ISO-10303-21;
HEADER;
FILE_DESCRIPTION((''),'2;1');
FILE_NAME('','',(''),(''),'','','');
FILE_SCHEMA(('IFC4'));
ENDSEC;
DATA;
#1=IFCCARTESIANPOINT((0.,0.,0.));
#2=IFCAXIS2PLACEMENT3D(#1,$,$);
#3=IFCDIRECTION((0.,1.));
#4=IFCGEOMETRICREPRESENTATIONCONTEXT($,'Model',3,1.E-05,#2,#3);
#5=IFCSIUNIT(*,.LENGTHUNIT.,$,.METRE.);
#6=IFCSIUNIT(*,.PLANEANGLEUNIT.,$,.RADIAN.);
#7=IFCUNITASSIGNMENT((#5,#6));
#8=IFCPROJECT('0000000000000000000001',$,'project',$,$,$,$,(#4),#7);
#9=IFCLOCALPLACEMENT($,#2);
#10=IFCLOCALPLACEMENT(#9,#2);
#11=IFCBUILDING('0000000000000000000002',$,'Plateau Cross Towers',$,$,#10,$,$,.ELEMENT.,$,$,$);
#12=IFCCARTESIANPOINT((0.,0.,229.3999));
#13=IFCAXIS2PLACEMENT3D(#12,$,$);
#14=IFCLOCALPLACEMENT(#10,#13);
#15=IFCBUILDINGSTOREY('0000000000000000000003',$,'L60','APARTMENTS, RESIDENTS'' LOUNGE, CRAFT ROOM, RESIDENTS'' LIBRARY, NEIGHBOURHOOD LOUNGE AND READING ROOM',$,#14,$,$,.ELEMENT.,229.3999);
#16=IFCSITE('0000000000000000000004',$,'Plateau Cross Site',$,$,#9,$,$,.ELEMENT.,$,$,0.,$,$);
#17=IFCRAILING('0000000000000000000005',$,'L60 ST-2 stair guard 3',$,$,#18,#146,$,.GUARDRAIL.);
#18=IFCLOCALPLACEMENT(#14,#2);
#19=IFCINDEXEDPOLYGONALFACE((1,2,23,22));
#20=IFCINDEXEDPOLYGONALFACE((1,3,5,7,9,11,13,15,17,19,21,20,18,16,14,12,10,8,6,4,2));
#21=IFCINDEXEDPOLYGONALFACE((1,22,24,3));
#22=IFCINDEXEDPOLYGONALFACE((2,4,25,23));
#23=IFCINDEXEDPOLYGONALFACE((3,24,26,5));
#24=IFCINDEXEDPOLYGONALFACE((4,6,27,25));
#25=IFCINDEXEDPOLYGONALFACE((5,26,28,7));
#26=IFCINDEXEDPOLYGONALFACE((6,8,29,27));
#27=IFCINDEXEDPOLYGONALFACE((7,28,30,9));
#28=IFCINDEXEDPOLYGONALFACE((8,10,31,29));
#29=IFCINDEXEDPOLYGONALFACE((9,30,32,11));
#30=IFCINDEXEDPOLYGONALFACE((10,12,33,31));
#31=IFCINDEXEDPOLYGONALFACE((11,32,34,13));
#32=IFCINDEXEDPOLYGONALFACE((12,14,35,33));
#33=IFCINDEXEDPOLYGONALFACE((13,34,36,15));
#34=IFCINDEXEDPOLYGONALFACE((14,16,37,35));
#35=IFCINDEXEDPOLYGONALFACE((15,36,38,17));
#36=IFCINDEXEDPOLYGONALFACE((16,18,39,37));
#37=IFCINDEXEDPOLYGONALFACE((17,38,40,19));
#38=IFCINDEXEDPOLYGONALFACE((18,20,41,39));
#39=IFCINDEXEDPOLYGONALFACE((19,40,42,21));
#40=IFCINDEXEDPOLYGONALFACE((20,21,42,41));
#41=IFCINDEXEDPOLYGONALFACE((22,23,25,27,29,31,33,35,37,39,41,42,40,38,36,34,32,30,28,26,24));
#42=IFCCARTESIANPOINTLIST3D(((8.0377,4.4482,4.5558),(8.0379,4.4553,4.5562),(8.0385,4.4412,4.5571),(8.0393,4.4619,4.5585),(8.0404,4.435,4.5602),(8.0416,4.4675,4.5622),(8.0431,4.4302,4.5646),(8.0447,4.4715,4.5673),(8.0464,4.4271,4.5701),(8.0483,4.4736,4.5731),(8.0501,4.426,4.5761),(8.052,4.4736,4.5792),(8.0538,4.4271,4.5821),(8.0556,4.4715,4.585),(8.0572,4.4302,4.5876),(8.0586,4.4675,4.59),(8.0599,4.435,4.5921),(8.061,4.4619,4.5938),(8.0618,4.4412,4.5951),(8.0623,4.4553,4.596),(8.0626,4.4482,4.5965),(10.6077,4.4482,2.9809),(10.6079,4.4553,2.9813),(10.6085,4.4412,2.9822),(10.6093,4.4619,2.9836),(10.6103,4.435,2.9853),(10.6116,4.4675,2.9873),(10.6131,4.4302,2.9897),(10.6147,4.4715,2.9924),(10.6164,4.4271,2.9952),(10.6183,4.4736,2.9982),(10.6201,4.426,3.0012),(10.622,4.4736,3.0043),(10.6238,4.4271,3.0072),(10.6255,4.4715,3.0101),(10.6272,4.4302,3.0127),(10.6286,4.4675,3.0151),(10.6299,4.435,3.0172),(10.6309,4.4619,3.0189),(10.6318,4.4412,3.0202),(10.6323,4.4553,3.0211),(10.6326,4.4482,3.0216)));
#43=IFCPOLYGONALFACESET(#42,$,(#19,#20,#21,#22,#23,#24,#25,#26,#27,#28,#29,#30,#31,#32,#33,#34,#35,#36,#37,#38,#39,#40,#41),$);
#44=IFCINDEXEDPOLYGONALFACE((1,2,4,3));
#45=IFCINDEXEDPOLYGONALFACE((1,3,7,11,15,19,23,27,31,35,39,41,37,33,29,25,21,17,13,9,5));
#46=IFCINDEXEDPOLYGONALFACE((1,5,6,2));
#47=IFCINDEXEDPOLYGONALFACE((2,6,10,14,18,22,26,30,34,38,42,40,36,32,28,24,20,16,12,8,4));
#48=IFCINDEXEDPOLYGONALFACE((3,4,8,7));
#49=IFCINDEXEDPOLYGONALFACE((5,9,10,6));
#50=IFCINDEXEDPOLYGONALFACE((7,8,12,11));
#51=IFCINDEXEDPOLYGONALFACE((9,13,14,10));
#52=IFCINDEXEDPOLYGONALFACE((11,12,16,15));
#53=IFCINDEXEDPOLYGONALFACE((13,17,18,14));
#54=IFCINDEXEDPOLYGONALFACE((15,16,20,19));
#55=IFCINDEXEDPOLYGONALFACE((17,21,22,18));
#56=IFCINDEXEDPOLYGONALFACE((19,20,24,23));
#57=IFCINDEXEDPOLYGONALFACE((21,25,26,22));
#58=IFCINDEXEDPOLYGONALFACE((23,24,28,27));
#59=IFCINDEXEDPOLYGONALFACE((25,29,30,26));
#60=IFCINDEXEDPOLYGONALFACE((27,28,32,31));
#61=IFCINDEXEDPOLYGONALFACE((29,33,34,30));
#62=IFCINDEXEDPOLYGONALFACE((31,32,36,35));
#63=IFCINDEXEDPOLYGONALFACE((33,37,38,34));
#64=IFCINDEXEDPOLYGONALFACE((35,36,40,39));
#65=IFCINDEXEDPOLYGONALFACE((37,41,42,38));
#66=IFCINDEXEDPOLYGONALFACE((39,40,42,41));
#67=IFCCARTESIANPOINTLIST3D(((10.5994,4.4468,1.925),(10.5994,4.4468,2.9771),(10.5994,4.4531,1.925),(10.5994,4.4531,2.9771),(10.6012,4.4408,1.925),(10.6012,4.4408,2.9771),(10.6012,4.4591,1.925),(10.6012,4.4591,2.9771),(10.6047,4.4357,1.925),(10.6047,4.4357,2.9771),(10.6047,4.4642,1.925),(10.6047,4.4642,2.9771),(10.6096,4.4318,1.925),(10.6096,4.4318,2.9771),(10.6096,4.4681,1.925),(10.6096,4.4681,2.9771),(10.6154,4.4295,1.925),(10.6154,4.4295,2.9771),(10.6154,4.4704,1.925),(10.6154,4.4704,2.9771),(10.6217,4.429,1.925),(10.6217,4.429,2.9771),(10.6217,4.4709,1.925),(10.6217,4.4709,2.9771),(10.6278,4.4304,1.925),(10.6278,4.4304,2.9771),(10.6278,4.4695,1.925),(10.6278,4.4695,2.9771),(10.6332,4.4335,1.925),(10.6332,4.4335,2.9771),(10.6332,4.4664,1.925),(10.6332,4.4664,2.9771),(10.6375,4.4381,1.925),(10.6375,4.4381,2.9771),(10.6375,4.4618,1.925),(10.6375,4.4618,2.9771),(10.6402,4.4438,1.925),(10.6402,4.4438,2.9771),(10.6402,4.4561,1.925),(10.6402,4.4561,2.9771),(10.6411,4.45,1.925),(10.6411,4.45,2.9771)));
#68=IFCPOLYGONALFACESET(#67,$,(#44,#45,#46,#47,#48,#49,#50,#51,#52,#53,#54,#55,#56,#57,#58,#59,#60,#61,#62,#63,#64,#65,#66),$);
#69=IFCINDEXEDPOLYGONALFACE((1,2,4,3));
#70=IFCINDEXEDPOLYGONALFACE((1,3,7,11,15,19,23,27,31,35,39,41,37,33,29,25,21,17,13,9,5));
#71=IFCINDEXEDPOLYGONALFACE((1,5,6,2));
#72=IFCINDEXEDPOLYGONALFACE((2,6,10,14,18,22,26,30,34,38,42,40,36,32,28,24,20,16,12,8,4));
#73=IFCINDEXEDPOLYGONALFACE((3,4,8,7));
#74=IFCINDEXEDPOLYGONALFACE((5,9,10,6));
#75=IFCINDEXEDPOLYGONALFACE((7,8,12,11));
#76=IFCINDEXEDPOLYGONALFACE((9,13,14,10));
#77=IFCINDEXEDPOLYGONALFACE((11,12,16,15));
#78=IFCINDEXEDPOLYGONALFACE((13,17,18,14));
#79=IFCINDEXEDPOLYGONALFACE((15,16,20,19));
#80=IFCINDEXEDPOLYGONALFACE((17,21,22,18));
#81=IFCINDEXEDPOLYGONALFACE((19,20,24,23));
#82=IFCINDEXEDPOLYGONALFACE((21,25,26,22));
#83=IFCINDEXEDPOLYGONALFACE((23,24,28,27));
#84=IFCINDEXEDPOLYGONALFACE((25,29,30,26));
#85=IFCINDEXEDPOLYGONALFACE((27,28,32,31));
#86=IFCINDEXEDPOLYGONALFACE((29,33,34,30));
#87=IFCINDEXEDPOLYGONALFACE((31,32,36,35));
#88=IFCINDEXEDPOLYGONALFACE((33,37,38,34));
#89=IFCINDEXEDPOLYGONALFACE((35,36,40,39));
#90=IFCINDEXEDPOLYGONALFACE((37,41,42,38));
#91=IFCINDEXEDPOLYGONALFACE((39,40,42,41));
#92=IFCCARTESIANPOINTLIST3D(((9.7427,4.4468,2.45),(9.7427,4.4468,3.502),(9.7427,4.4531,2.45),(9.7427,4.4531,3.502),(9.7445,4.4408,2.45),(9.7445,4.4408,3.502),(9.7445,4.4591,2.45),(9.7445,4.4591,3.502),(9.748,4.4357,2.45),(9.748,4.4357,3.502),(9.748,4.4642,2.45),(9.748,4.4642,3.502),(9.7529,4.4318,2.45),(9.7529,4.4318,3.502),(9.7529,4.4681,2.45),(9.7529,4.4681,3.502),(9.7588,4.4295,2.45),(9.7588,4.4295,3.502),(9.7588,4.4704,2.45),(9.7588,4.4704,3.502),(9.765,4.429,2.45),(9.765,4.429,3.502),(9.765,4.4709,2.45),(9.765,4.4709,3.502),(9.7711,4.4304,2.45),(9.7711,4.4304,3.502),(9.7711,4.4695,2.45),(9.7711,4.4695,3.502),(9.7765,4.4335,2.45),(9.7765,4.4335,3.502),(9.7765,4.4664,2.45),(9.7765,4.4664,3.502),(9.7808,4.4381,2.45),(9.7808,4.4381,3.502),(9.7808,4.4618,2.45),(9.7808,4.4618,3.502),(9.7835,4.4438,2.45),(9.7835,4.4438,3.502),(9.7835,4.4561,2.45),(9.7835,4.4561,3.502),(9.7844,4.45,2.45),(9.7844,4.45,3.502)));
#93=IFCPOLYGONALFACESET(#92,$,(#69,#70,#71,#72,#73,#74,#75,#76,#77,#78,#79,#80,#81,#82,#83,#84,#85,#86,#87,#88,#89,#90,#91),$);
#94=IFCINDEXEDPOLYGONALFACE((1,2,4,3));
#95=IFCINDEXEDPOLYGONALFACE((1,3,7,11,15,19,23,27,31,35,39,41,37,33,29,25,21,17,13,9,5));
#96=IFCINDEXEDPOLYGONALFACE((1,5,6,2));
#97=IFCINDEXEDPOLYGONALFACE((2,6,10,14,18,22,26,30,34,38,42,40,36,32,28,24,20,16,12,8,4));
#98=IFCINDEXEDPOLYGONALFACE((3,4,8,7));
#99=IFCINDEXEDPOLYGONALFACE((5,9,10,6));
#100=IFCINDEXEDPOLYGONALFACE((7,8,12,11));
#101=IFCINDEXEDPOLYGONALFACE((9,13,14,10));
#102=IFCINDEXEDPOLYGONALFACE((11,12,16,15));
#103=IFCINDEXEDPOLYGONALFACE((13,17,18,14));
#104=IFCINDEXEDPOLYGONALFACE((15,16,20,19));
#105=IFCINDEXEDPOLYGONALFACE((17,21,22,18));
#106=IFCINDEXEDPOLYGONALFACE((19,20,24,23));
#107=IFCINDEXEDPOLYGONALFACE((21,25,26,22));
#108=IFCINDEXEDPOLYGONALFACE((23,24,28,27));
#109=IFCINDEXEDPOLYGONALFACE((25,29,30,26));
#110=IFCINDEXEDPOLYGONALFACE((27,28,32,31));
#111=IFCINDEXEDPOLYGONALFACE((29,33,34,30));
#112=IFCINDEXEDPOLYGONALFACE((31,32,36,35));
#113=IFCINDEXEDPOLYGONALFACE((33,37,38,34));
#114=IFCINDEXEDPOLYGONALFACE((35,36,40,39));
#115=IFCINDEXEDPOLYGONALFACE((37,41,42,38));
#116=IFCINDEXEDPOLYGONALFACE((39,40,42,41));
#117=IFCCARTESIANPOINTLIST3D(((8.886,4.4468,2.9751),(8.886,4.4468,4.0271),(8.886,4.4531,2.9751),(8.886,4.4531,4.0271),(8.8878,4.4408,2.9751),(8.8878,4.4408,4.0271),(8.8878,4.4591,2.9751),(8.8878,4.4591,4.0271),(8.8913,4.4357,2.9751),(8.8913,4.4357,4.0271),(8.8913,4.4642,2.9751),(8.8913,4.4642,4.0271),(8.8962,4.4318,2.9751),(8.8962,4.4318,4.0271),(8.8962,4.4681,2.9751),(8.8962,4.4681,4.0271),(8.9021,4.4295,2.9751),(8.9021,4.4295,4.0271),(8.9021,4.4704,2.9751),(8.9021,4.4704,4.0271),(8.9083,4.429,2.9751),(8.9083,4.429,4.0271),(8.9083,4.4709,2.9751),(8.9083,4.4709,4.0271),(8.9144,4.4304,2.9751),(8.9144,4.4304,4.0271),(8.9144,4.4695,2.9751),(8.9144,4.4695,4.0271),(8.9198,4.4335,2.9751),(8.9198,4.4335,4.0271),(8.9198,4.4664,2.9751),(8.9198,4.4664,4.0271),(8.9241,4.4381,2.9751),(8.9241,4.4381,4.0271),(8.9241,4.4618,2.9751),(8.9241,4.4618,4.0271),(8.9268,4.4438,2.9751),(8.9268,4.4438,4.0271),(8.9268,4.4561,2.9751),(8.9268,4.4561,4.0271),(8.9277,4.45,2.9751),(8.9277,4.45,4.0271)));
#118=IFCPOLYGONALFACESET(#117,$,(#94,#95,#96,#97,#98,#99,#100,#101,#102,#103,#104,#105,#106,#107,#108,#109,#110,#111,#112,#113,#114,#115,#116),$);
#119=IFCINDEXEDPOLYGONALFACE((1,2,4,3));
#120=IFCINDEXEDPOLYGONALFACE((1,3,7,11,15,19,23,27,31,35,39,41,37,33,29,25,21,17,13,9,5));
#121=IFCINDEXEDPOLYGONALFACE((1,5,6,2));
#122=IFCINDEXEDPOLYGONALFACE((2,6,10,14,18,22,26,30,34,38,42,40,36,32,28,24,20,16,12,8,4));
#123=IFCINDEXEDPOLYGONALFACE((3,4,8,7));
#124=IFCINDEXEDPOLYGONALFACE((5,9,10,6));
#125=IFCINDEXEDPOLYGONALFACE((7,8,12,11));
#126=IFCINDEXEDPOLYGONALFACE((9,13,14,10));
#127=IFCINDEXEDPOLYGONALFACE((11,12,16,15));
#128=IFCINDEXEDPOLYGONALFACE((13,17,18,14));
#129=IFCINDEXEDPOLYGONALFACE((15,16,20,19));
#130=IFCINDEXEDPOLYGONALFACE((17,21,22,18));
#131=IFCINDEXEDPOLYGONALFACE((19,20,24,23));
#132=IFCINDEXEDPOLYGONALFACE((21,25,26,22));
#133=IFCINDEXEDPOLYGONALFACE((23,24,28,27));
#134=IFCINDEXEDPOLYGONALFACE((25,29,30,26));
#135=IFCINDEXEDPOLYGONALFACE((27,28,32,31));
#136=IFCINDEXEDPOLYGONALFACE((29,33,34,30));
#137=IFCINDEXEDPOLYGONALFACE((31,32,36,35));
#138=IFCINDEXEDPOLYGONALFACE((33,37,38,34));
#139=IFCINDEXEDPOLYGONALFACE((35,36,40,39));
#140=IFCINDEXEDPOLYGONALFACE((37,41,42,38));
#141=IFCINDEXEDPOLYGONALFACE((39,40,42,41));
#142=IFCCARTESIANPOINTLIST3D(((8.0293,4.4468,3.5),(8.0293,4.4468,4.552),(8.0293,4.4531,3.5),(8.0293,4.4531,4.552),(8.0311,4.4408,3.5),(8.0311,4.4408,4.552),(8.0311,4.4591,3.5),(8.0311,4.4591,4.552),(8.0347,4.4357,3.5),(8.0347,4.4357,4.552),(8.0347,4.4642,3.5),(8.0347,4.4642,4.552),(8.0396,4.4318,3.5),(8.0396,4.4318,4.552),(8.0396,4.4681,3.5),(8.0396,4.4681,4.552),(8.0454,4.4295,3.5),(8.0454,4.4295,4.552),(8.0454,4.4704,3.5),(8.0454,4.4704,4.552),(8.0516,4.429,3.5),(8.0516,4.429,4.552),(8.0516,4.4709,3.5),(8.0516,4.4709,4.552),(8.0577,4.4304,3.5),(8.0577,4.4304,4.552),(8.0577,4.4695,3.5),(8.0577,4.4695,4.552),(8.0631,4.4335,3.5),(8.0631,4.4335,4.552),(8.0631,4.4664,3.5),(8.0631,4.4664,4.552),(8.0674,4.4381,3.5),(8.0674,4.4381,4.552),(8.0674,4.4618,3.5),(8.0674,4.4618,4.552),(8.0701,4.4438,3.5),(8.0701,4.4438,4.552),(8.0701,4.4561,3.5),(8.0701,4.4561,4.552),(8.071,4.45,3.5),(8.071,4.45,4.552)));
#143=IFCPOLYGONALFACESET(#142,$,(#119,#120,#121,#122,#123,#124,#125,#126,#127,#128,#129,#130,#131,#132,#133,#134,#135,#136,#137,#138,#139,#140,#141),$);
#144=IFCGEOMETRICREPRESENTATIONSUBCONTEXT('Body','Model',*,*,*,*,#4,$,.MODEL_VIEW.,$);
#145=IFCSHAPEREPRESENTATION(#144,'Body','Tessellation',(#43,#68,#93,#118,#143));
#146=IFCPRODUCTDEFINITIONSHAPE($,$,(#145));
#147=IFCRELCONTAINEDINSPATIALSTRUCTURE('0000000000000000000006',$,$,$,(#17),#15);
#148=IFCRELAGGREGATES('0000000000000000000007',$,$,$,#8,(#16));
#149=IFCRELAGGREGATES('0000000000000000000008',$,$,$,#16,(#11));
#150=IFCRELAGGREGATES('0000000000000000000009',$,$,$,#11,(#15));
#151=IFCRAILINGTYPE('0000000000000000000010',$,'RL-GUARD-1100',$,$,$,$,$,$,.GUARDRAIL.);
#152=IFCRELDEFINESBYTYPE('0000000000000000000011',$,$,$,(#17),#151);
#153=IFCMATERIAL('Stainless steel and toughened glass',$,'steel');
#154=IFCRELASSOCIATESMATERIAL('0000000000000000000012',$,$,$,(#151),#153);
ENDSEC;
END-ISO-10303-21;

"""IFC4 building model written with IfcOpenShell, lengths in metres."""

from ifc_helpers import new_model, si_unit, direction, frame, origin, origin_2d, place, context, subcontext, project, spatial, circle, extrude, material, type_object, element, save


model = new_model("IFC4")

# Units and contexts
model_context = context("Model", 3, precision=1e-05, world=origin(), true_north=direction((0.0, 1.0)))
body_context = subcontext(model_context, "Body", "Model", "MODEL_VIEW")
ifc_project = project(units=[si_unit("LENGTHUNIT", "METRE"), si_unit("PLANEANGLEUNIT", "RADIAN")], contexts=[model_context])

# Site, building, storey
site_placement = place(None, origin())
site = spatial("IfcSite", under=ifc_project, at=site_placement, Name="Plateau Cross Site", CompositionType="ELEMENT", RefElevation=0.0)
building_placement = place(site_placement, origin())
building = spatial("IfcBuilding", under=site, at=building_placement, Name="Plateau Cross Towers", CompositionType="ELEMENT")
storey_placement = place(building_placement, frame((0.0, 0.0, 229.3999)))
storey = spatial("IfcBuildingStorey", under=building, at=storey_placement, Name="L60", Description="APARTMENTS, RESIDENTS' LOUNGE, CRAFT ROOM, RESIDENTS' LIBRARY, NEIGHBOURHOOD LOUNGE AND READING ROOM", CompositionType="ELEMENT", Elevation=229.3999)

# Railing
ifc_material_1 = material(Name="Stainless steel and toughened glass", Category="steel")
railing_type_1 = type_object("IfcRailingType", Name="RL-GUARD-1100", PredefinedType="GUARDRAIL", material=ifc_material_1)
railing_1_placement = place(storey_placement, frame((10.6201, 4.45, 1.925)))
element("IfcRailing", 1, at=railing_1_placement, inside=storey, type_object=railing_type_1, Name="L60 ST-2 stair guard 3", PredefinedType="GUARDRAIL", context=body_context, shape_type="SweptSolid", body=[
    extrude(circle(Radius=0.0239, at=origin_2d()), frame((0.0, 0.0, 1.0762), z_axis=(-0.852639, 0.0, 0.522501), x_axis=(0.0, -1.0, 0.0)), (0.0, 0.0, 1.0), 3.0142),
    extrude(circle(Radius=0.021, at=origin_2d()), origin(), (0.0, 0.0, 1.0), 1.052),
    extrude(circle(Radius=0.021, at=origin_2d()), frame((-0.8567, 0.0, 0.5249)), (0.0, 0.0, 1.0), 1.052),
    extrude(circle(Radius=0.021, at=origin_2d()), frame((-1.7134, 0.0, 1.05)), (0.0, 0.0, 1.0), 1.052),
    extrude(circle(Radius=0.021, at=origin_2d()), frame((-2.5701, 0.0, 1.575)), (0.0, 0.0, 1.0), 1.052),
])

save(model, "model.ifc")
